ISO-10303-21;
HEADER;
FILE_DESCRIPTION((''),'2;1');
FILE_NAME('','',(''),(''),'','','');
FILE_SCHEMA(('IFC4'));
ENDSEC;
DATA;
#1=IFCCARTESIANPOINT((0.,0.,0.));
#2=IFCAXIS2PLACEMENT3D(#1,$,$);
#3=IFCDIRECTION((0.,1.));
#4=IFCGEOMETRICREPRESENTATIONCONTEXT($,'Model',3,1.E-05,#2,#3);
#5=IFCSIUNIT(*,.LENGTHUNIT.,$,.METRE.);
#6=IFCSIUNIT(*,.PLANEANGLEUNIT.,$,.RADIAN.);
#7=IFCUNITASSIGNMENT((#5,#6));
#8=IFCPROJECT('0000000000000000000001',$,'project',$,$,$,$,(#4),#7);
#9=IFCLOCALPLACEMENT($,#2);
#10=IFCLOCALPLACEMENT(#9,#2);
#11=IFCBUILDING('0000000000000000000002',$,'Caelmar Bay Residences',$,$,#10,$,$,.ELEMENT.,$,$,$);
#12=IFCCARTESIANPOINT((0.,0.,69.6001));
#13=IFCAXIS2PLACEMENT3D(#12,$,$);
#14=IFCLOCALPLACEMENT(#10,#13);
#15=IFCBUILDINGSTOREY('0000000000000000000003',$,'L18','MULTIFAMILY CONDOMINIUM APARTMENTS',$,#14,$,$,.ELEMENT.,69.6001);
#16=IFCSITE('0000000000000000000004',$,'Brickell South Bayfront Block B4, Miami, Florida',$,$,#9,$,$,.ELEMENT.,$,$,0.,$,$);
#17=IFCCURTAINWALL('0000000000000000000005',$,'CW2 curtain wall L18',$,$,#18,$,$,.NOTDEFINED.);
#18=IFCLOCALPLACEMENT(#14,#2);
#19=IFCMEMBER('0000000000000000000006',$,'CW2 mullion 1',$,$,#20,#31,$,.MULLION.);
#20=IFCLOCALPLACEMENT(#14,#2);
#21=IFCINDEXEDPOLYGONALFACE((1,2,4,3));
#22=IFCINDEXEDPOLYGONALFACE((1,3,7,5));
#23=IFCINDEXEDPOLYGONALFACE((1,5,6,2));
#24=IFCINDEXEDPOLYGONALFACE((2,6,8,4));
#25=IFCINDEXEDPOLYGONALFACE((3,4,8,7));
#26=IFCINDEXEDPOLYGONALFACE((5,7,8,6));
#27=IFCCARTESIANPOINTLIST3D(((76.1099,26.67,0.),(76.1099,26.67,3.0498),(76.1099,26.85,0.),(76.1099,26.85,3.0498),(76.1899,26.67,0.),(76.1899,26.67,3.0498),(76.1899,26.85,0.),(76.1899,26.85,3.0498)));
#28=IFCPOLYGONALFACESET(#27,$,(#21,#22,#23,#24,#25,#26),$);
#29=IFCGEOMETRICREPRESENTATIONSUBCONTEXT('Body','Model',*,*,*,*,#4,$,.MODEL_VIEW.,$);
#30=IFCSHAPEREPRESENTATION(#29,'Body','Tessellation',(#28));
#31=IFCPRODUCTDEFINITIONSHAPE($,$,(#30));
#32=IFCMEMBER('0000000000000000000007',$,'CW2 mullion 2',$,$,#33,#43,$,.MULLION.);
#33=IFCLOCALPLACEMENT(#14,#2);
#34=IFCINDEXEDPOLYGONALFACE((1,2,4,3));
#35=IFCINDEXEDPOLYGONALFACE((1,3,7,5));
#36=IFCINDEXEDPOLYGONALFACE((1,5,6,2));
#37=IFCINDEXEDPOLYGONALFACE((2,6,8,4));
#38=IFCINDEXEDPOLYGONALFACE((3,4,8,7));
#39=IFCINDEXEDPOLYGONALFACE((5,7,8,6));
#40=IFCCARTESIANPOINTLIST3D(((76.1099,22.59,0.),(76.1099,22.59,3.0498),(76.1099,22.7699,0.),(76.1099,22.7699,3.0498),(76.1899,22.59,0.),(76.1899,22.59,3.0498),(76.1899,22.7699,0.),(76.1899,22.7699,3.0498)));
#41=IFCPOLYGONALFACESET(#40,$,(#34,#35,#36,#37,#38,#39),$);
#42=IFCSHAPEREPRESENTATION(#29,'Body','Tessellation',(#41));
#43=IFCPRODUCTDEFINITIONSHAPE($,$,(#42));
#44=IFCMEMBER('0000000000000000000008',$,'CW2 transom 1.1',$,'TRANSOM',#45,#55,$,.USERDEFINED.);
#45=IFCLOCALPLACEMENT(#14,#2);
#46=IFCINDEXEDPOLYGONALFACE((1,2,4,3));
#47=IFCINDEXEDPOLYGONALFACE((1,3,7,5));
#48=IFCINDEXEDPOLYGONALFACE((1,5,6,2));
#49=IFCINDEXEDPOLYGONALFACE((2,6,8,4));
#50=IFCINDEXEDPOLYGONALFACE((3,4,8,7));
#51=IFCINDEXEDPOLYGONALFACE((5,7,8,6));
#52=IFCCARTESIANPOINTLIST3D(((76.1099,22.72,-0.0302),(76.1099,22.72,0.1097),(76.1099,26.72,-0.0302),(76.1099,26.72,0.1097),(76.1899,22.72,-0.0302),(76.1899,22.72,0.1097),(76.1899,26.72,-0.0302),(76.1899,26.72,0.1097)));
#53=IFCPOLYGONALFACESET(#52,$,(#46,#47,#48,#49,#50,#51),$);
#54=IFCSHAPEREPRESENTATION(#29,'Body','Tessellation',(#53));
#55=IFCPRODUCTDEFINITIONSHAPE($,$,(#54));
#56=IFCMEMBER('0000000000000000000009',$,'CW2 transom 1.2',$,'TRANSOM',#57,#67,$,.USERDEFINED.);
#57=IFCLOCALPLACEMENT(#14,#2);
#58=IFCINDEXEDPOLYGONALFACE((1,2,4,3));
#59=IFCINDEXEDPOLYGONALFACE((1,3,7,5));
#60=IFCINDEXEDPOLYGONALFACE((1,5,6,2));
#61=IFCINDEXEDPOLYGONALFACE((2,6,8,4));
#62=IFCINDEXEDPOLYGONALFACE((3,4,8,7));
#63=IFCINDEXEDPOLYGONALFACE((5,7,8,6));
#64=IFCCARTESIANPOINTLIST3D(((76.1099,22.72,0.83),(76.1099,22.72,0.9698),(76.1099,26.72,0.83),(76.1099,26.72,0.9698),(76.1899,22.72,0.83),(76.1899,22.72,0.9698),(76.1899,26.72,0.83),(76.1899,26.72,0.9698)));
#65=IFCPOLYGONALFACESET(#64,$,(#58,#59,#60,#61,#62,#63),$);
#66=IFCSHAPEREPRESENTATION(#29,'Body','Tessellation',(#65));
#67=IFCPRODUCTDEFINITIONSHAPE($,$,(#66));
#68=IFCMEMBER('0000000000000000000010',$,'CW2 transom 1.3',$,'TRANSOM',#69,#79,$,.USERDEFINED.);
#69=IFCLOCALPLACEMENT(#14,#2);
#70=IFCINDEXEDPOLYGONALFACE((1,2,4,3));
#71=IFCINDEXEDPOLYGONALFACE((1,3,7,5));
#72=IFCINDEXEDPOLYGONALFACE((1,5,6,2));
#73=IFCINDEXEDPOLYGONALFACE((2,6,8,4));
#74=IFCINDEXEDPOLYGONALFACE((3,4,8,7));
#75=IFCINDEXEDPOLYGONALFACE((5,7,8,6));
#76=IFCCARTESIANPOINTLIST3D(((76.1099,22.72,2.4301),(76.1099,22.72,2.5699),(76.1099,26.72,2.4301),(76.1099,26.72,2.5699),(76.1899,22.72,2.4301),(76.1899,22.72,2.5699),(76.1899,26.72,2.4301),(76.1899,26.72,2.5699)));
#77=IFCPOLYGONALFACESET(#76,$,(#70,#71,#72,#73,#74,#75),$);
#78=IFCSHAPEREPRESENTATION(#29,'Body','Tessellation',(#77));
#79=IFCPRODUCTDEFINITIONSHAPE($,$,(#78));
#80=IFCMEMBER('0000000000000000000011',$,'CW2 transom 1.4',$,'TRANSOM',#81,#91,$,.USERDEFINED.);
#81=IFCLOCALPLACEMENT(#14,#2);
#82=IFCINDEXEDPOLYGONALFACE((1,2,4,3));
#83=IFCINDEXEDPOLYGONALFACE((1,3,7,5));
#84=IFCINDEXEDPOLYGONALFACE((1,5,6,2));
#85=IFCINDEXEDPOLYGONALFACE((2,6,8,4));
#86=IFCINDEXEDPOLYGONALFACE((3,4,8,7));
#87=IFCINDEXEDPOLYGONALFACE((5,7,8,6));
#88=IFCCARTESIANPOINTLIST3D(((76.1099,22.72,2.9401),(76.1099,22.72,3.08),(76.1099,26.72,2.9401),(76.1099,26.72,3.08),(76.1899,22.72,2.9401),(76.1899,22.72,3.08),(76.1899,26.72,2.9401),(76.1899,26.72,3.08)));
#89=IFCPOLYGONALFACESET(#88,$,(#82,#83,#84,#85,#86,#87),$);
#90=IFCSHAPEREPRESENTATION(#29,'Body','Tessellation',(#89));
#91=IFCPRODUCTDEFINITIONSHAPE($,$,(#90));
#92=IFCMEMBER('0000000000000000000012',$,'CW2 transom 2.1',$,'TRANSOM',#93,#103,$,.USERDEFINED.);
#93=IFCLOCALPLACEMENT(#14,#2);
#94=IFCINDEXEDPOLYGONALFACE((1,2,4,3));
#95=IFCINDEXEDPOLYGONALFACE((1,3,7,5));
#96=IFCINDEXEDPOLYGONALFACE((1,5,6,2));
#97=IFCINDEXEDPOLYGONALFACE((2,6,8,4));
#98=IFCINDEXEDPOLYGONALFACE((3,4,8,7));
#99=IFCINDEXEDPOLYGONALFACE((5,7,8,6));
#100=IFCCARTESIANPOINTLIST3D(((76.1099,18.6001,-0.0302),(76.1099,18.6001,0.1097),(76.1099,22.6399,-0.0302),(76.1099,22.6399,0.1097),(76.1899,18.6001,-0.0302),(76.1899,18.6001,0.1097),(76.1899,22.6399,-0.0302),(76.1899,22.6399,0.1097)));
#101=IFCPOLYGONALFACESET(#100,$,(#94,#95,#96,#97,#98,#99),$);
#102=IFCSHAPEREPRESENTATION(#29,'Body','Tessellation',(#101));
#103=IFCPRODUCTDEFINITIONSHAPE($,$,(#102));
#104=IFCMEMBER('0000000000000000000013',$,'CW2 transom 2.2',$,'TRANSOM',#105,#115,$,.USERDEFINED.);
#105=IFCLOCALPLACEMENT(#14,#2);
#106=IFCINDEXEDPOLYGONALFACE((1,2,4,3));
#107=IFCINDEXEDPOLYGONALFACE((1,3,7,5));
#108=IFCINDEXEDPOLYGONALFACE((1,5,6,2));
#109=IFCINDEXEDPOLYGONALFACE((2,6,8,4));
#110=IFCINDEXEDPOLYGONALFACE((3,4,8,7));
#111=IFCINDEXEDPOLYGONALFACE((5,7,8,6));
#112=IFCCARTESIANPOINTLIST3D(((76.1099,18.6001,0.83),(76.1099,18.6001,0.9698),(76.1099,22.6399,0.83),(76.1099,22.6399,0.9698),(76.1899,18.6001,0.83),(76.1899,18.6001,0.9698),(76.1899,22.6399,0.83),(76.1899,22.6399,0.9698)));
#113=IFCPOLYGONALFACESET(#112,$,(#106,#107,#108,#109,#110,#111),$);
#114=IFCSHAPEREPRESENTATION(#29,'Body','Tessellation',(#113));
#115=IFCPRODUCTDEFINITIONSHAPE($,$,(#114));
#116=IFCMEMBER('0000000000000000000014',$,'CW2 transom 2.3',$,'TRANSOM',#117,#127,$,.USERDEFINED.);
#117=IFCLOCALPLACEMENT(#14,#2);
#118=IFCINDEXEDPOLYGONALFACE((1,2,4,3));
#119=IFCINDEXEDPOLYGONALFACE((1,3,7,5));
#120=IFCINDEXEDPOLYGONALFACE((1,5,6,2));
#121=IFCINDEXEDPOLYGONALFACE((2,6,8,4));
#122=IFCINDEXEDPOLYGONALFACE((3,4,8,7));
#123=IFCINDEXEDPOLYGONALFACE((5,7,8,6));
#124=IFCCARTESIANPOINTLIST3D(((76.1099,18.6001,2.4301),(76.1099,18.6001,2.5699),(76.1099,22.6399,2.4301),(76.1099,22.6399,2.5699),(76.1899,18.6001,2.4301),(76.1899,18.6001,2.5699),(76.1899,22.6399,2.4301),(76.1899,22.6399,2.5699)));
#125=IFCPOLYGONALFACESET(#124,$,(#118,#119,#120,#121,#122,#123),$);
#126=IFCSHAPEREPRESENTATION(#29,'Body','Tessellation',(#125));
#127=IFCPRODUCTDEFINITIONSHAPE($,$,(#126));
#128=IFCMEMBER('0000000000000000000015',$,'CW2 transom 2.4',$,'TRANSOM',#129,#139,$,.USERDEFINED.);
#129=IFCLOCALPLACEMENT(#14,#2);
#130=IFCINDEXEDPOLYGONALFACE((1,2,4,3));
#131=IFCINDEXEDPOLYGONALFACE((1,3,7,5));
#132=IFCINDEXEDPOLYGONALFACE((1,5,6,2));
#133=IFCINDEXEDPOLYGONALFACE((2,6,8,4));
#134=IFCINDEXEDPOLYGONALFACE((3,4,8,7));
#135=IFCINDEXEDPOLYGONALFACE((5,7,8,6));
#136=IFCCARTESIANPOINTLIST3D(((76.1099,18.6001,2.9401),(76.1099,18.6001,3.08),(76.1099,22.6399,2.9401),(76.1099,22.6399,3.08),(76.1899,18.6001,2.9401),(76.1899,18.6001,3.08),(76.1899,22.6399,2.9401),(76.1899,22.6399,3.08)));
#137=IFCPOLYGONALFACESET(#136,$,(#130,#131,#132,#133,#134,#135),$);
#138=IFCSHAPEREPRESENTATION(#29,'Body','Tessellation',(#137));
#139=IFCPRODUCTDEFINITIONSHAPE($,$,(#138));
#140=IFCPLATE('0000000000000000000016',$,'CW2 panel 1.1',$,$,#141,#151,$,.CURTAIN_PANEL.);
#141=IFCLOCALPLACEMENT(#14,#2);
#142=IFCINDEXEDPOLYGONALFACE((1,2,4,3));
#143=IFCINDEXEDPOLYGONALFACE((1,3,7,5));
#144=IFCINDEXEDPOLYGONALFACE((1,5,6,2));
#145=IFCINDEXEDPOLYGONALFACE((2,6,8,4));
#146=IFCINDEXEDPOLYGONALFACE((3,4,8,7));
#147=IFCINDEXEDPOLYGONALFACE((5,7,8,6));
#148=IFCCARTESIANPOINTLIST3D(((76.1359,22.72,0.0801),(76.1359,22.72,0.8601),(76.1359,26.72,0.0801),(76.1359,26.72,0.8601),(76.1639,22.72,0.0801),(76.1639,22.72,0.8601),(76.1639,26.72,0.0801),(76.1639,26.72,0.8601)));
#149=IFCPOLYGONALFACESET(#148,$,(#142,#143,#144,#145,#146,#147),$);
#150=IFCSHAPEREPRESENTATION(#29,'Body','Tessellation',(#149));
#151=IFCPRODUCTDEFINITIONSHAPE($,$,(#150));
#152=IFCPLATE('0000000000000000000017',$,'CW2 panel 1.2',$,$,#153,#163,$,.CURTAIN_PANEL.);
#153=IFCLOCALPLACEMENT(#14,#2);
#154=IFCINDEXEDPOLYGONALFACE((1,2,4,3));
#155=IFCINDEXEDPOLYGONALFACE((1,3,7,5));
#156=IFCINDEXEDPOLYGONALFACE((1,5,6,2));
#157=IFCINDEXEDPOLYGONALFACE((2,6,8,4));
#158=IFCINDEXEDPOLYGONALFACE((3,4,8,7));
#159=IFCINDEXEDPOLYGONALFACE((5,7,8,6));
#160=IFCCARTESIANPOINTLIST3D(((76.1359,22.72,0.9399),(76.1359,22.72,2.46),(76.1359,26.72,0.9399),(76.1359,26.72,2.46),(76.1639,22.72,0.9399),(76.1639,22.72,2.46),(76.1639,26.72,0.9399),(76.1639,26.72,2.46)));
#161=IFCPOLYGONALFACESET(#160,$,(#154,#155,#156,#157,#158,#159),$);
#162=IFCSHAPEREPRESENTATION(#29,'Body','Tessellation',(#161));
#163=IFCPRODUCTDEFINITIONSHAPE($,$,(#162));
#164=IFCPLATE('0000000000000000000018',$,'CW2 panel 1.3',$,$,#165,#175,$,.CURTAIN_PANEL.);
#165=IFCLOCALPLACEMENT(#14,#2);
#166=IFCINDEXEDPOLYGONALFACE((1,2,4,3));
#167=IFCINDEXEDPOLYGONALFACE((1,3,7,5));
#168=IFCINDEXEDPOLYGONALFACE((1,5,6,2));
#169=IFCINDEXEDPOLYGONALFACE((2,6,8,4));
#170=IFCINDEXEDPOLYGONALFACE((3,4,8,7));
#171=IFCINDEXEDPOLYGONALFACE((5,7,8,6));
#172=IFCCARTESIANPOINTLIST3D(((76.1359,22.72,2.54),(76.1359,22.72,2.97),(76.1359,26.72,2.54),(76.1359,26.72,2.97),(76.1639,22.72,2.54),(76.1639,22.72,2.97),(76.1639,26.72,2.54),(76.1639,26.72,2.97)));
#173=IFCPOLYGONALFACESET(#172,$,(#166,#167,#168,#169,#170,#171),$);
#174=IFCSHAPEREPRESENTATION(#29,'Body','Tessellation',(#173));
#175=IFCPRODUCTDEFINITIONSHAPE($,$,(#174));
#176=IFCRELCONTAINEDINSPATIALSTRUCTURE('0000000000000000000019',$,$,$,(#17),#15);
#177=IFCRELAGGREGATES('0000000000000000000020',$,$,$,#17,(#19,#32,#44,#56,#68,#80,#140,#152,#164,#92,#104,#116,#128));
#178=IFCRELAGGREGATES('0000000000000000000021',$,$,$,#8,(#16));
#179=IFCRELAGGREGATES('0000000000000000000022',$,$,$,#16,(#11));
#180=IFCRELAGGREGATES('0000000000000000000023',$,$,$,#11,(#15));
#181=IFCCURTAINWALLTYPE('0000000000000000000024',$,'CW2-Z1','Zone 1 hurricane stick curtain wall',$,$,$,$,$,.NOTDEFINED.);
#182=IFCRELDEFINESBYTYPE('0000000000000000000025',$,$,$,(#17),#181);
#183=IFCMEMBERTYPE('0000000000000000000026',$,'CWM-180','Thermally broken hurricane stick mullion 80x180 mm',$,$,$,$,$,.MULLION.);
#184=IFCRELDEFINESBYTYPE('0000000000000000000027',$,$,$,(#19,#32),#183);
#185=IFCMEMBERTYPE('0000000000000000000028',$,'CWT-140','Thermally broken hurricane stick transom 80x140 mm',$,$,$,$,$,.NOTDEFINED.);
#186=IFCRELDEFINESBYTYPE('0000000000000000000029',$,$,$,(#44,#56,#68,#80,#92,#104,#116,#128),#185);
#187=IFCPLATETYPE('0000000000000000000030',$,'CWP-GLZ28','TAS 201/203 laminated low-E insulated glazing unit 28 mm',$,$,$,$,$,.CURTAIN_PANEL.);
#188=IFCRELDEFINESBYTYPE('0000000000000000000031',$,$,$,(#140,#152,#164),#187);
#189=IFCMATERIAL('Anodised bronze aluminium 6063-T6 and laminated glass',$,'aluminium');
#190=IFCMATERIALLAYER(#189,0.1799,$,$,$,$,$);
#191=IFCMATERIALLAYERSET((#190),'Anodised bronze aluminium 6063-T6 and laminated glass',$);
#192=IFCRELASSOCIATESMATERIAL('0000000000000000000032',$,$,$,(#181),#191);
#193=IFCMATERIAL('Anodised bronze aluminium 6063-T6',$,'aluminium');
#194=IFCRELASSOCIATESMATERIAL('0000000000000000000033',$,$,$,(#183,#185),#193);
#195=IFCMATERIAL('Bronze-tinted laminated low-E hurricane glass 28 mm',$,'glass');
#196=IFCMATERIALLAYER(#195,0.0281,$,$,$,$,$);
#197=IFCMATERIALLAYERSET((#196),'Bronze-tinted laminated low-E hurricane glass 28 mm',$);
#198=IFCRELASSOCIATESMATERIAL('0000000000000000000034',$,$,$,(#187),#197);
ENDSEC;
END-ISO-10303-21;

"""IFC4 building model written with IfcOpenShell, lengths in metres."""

from ifc_helpers import new_model, si_unit, direction, frame, origin, origin_2d, place, context, subcontext, project, spatial, rectangle, extrude, material, layer, layer_set, material_profile, profile_set, type_object, element, aggregate, save


model = new_model("IFC4")

# Units and contexts
model_context = context("Model", 3, precision=1e-05, world=origin(), true_north=direction((0.0, 1.0)))
body_context = subcontext(model_context, "Body", "Model", "MODEL_VIEW")
ifc_project = project(units=[si_unit("LENGTHUNIT", "METRE"), si_unit("PLANEANGLEUNIT", "RADIAN")], contexts=[model_context])

# Site, building, storey
site_placement = place(None, origin())
site = spatial("IfcSite", under=ifc_project, at=site_placement, Name="Brickell South Bayfront Block B4, Miami, Florida", CompositionType="ELEMENT", RefElevation=0.0)
building_placement = place(site_placement, origin())
building = spatial("IfcBuilding", under=site, at=building_placement, Name="Caelmar Bay Residences", CompositionType="ELEMENT")
storey_placement = place(building_placement, frame((0.0, 0.0, 69.6001)))
storey = spatial("IfcBuildingStorey", under=building, at=storey_placement, Name="L18", Description="MULTIFAMILY CONDOMINIUM APARTMENTS", CompositionType="ELEMENT", Elevation=69.6001)

# Curtain wall, members, plates
ifc_material_1 = material(Name="Anodised bronze aluminium 6063-T6 and laminated glass", Category="aluminium")
ifc_layer_1 = layer(ifc_material_1, 0.1799)
ifc_layer_set_1 = layer_set([ifc_layer_1], Name="Anodised bronze aluminium 6063-T6 and laminated glass")
curtain_wall_type = type_object("IfcCurtainWallType", Name="CW2-Z1", Description="Zone 1 hurricane stick curtain wall", PredefinedType="NOTDEFINED", material=ifc_layer_set_1)
curtain_wall_placement = place(storey_placement, origin())
curtain_wall = element("IfcCurtainWall", 1, at=curtain_wall_placement, inside=storey, type_object=curtain_wall_type, Name="CW2 curtain wall L18", PredefinedType="NOTDEFINED")
ifc_material_2 = material(Name="Anodised bronze aluminium 6063-T6", Category="aluminium")
ifc_material_profile_1 = material_profile(ifc_material_2, rectangle(XDim=0.0801, YDim=0.1799, at=origin_2d()), Name="CWM-80X180")
ifc_profile_set_1 = profile_set([ifc_material_profile_1], Name="Anodised bronze aluminium 6063-T6")
member_type_1 = type_object("IfcMemberType", Name="CWM-180", Description="Thermally broken hurricane stick mullion 80x180 mm", PredefinedType="MULLION", material=ifc_profile_set_1)
member_1_placement = place(storey_placement, frame((76.1499, 26.76, 0.0), z_axis=(0.0, 0.0, 1.0), x_axis=(1.0, 0.0, 0.0)))
member_1 = element("IfcMember", 2, at=member_1_placement, type_object=member_type_1, Name="CW2 mullion 1", PredefinedType="MULLION", context=body_context, shape_type="SweptSolid", body=[
    extrude(rectangle(XDim=0.0801, YDim=0.1799, at=origin_2d()), origin(), (0.0, 0.0, 1.0), 3.0498),
])
member_2_placement = place(storey_placement, frame((76.1499, 22.6799, 0.0), z_axis=(0.0, 0.0, 1.0), x_axis=(1.0, 0.0, 0.0)))
member_2 = element("IfcMember", 3, at=member_2_placement, type_object=member_type_1, Name="CW2 mullion 2", PredefinedType="MULLION", context=body_context, shape_type="SweptSolid", body=[
    extrude(rectangle(XDim=0.0801, YDim=0.1799, at=origin_2d()), origin(), (0.0, 0.0, 1.0), 3.0498),
])
ifc_material_profile_2 = material_profile(ifc_material_2, rectangle(XDim=0.0801, YDim=0.1399, at=origin_2d()), Name="CWT-80X140")
ifc_profile_set_2 = profile_set([ifc_material_profile_2], Name="Anodised bronze aluminium 6063-T6")
member_type_2 = type_object("IfcMemberType", Name="CWT-140", Description="Thermally broken hurricane stick transom 80x140 mm", PredefinedType="NOTDEFINED", material=ifc_profile_set_2)
member_3_placement = place(storey_placement, frame((76.1499, 26.72, 0.0398), z_axis=(0.0, -1.0, 0.0), x_axis=(1.0, 0.0, 0.0)))
member_3 = element("IfcMember", 4, at=member_3_placement, type_object=member_type_2, Name="CW2 transom 1.1", ObjectType="TRANSOM", PredefinedType="USERDEFINED", context=body_context, shape_type="SweptSolid", body=[
    extrude(rectangle(XDim=0.0801, YDim=0.1399, at=origin_2d()), origin(), (0.0, 0.0, 1.0), 4.0),
])
member_4_placement = place(storey_placement, frame((76.1499, 26.72, 0.8999), z_axis=(0.0, -1.0, 0.0), x_axis=(1.0, 0.0, 0.0)))
member_4 = element("IfcMember", 5, at=member_4_placement, type_object=member_type_2, Name="CW2 transom 1.2", ObjectType="TRANSOM", PredefinedType="USERDEFINED", context=body_context, shape_type="SweptSolid", body=[
    extrude(rectangle(XDim=0.0801, YDim=0.1399, at=origin_2d()), origin(), (0.0, 0.0, 1.0), 4.0),
])
member_5_placement = place(storey_placement, frame((76.1499, 26.72, 2.5), z_axis=(0.0, -1.0, 0.0), x_axis=(1.0, 0.0, 0.0)))
member_5 = element("IfcMember", 6, at=member_5_placement, type_object=member_type_2, Name="CW2 transom 1.3", ObjectType="TRANSOM", PredefinedType="USERDEFINED", context=body_context, shape_type="SweptSolid", body=[
    extrude(rectangle(XDim=0.0801, YDim=0.1399, at=origin_2d()), origin(), (0.0, 0.0, 1.0), 4.0),
])
member_6_placement = place(storey_placement, frame((76.1499, 26.72, 3.01), z_axis=(0.0, -1.0, 0.0), x_axis=(1.0, 0.0, 0.0)))
member_6 = element("IfcMember", 7, at=member_6_placement, type_object=member_type_2, Name="CW2 transom 1.4", ObjectType="TRANSOM", PredefinedType="USERDEFINED", context=body_context, shape_type="SweptSolid", body=[
    extrude(rectangle(XDim=0.0801, YDim=0.1399, at=origin_2d()), origin(), (0.0, 0.0, 1.0), 4.0),
])
member_7_placement = place(storey_placement, frame((76.1499, 22.6399, 0.0398), z_axis=(0.0, -1.0, 0.0), x_axis=(1.0, 0.0, 0.0)))
member_7 = element("IfcMember", 8, at=member_7_placement, type_object=member_type_2, Name="CW2 transom 2.1", ObjectType="TRANSOM", PredefinedType="USERDEFINED", context=body_context, shape_type="SweptSolid", body=[
    extrude(rectangle(XDim=0.0801, YDim=0.1399, at=origin_2d()), origin(), (0.0, 0.0, 1.0), 4.0398),
])
member_8_placement = place(storey_placement, frame((76.1499, 22.6399, 0.8999), z_axis=(0.0, -1.0, 0.0), x_axis=(1.0, 0.0, 0.0)))
member_8 = element("IfcMember", 9, at=member_8_placement, type_object=member_type_2, Name="CW2 transom 2.2", ObjectType="TRANSOM", PredefinedType="USERDEFINED", context=body_context, shape_type="SweptSolid", body=[
    extrude(rectangle(XDim=0.0801, YDim=0.1399, at=origin_2d()), origin(), (0.0, 0.0, 1.0), 4.0398),
])
member_9_placement = place(storey_placement, frame((76.1499, 22.6399, 2.5), z_axis=(0.0, -1.0, 0.0), x_axis=(1.0, 0.0, 0.0)))
member_9 = element("IfcMember", 10, at=member_9_placement, type_object=member_type_2, Name="CW2 transom 2.3", ObjectType="TRANSOM", PredefinedType="USERDEFINED", context=body_context, shape_type="SweptSolid", body=[
    extrude(rectangle(XDim=0.0801, YDim=0.1399, at=origin_2d()), origin(), (0.0, 0.0, 1.0), 4.0398),
])
member_10_placement = place(storey_placement, frame((76.1499, 22.6399, 3.01), z_axis=(0.0, -1.0, 0.0), x_axis=(1.0, 0.0, 0.0)))
member_10 = element("IfcMember", 11, at=member_10_placement, type_object=member_type_2, Name="CW2 transom 2.4", ObjectType="TRANSOM", PredefinedType="USERDEFINED", context=body_context, shape_type="SweptSolid", body=[
    extrude(rectangle(XDim=0.0801, YDim=0.1399, at=origin_2d()), origin(), (0.0, 0.0, 1.0), 4.0398),
])
ifc_material_3 = material(Name="Bronze-tinted laminated low-E hurricane glass 28 mm", Category="glass")
ifc_layer_2 = layer(ifc_material_3, 0.0281)
ifc_layer_set_2 = layer_set([ifc_layer_2], Name="Bronze-tinted laminated low-E hurricane glass 28 mm")
plate_type = type_object("IfcPlateType", Name="CWP-GLZ28", Description="TAS 201/203 laminated low-E insulated glazing unit 28 mm", PredefinedType="CURTAIN_PANEL", material=ifc_layer_set_2)
plate_1_placement = place(storey_placement, frame((76.1499, 24.72, 0.0801), z_axis=(0.0, 0.0, 1.0), x_axis=(0.0, -1.0, 0.0)))
plate_1 = element("IfcPlate", 12, at=plate_1_placement, type_object=plate_type, Name="CW2 panel 1.1", PredefinedType="CURTAIN_PANEL", context=body_context, shape_type="SweptSolid", body=[
    extrude(rectangle(XDim=4.0, YDim=0.0281, at=origin_2d()), origin(), (0.0, 0.0, 1.0), 0.78),
])
plate_2_placement = place(storey_placement, frame((76.1499, 24.72, 0.9399), z_axis=(0.0, 0.0, 1.0), x_axis=(0.0, -1.0, 0.0)))
plate_2 = element("IfcPlate", 13, at=plate_2_placement, type_object=plate_type, Name="CW2 panel 1.2", PredefinedType="CURTAIN_PANEL", context=body_context, shape_type="SweptSolid", body=[
    extrude(rectangle(XDim=4.0, YDim=0.0281, at=origin_2d()), origin(), (0.0, 0.0, 1.0), 1.52),
])
plate_3_placement = place(storey_placement, frame((76.1499, 24.72, 2.54), z_axis=(0.0, 0.0, 1.0), x_axis=(0.0, -1.0, 0.0)))
plate_3 = element("IfcPlate", 14, at=plate_3_placement, type_object=plate_type, Name="CW2 panel 1.3", PredefinedType="CURTAIN_PANEL", context=body_context, shape_type="SweptSolid", body=[
    extrude(rectangle(XDim=4.0, YDim=0.0281, at=origin_2d()), origin(), (0.0, 0.0, 1.0), 0.4299),
])
aggregate(curtain_wall, [member_1, member_2, member_3, member_4, member_5, member_6, plate_1, plate_2, plate_3, member_7, member_8, member_9, member_10])

save(model, "model.ifc")
